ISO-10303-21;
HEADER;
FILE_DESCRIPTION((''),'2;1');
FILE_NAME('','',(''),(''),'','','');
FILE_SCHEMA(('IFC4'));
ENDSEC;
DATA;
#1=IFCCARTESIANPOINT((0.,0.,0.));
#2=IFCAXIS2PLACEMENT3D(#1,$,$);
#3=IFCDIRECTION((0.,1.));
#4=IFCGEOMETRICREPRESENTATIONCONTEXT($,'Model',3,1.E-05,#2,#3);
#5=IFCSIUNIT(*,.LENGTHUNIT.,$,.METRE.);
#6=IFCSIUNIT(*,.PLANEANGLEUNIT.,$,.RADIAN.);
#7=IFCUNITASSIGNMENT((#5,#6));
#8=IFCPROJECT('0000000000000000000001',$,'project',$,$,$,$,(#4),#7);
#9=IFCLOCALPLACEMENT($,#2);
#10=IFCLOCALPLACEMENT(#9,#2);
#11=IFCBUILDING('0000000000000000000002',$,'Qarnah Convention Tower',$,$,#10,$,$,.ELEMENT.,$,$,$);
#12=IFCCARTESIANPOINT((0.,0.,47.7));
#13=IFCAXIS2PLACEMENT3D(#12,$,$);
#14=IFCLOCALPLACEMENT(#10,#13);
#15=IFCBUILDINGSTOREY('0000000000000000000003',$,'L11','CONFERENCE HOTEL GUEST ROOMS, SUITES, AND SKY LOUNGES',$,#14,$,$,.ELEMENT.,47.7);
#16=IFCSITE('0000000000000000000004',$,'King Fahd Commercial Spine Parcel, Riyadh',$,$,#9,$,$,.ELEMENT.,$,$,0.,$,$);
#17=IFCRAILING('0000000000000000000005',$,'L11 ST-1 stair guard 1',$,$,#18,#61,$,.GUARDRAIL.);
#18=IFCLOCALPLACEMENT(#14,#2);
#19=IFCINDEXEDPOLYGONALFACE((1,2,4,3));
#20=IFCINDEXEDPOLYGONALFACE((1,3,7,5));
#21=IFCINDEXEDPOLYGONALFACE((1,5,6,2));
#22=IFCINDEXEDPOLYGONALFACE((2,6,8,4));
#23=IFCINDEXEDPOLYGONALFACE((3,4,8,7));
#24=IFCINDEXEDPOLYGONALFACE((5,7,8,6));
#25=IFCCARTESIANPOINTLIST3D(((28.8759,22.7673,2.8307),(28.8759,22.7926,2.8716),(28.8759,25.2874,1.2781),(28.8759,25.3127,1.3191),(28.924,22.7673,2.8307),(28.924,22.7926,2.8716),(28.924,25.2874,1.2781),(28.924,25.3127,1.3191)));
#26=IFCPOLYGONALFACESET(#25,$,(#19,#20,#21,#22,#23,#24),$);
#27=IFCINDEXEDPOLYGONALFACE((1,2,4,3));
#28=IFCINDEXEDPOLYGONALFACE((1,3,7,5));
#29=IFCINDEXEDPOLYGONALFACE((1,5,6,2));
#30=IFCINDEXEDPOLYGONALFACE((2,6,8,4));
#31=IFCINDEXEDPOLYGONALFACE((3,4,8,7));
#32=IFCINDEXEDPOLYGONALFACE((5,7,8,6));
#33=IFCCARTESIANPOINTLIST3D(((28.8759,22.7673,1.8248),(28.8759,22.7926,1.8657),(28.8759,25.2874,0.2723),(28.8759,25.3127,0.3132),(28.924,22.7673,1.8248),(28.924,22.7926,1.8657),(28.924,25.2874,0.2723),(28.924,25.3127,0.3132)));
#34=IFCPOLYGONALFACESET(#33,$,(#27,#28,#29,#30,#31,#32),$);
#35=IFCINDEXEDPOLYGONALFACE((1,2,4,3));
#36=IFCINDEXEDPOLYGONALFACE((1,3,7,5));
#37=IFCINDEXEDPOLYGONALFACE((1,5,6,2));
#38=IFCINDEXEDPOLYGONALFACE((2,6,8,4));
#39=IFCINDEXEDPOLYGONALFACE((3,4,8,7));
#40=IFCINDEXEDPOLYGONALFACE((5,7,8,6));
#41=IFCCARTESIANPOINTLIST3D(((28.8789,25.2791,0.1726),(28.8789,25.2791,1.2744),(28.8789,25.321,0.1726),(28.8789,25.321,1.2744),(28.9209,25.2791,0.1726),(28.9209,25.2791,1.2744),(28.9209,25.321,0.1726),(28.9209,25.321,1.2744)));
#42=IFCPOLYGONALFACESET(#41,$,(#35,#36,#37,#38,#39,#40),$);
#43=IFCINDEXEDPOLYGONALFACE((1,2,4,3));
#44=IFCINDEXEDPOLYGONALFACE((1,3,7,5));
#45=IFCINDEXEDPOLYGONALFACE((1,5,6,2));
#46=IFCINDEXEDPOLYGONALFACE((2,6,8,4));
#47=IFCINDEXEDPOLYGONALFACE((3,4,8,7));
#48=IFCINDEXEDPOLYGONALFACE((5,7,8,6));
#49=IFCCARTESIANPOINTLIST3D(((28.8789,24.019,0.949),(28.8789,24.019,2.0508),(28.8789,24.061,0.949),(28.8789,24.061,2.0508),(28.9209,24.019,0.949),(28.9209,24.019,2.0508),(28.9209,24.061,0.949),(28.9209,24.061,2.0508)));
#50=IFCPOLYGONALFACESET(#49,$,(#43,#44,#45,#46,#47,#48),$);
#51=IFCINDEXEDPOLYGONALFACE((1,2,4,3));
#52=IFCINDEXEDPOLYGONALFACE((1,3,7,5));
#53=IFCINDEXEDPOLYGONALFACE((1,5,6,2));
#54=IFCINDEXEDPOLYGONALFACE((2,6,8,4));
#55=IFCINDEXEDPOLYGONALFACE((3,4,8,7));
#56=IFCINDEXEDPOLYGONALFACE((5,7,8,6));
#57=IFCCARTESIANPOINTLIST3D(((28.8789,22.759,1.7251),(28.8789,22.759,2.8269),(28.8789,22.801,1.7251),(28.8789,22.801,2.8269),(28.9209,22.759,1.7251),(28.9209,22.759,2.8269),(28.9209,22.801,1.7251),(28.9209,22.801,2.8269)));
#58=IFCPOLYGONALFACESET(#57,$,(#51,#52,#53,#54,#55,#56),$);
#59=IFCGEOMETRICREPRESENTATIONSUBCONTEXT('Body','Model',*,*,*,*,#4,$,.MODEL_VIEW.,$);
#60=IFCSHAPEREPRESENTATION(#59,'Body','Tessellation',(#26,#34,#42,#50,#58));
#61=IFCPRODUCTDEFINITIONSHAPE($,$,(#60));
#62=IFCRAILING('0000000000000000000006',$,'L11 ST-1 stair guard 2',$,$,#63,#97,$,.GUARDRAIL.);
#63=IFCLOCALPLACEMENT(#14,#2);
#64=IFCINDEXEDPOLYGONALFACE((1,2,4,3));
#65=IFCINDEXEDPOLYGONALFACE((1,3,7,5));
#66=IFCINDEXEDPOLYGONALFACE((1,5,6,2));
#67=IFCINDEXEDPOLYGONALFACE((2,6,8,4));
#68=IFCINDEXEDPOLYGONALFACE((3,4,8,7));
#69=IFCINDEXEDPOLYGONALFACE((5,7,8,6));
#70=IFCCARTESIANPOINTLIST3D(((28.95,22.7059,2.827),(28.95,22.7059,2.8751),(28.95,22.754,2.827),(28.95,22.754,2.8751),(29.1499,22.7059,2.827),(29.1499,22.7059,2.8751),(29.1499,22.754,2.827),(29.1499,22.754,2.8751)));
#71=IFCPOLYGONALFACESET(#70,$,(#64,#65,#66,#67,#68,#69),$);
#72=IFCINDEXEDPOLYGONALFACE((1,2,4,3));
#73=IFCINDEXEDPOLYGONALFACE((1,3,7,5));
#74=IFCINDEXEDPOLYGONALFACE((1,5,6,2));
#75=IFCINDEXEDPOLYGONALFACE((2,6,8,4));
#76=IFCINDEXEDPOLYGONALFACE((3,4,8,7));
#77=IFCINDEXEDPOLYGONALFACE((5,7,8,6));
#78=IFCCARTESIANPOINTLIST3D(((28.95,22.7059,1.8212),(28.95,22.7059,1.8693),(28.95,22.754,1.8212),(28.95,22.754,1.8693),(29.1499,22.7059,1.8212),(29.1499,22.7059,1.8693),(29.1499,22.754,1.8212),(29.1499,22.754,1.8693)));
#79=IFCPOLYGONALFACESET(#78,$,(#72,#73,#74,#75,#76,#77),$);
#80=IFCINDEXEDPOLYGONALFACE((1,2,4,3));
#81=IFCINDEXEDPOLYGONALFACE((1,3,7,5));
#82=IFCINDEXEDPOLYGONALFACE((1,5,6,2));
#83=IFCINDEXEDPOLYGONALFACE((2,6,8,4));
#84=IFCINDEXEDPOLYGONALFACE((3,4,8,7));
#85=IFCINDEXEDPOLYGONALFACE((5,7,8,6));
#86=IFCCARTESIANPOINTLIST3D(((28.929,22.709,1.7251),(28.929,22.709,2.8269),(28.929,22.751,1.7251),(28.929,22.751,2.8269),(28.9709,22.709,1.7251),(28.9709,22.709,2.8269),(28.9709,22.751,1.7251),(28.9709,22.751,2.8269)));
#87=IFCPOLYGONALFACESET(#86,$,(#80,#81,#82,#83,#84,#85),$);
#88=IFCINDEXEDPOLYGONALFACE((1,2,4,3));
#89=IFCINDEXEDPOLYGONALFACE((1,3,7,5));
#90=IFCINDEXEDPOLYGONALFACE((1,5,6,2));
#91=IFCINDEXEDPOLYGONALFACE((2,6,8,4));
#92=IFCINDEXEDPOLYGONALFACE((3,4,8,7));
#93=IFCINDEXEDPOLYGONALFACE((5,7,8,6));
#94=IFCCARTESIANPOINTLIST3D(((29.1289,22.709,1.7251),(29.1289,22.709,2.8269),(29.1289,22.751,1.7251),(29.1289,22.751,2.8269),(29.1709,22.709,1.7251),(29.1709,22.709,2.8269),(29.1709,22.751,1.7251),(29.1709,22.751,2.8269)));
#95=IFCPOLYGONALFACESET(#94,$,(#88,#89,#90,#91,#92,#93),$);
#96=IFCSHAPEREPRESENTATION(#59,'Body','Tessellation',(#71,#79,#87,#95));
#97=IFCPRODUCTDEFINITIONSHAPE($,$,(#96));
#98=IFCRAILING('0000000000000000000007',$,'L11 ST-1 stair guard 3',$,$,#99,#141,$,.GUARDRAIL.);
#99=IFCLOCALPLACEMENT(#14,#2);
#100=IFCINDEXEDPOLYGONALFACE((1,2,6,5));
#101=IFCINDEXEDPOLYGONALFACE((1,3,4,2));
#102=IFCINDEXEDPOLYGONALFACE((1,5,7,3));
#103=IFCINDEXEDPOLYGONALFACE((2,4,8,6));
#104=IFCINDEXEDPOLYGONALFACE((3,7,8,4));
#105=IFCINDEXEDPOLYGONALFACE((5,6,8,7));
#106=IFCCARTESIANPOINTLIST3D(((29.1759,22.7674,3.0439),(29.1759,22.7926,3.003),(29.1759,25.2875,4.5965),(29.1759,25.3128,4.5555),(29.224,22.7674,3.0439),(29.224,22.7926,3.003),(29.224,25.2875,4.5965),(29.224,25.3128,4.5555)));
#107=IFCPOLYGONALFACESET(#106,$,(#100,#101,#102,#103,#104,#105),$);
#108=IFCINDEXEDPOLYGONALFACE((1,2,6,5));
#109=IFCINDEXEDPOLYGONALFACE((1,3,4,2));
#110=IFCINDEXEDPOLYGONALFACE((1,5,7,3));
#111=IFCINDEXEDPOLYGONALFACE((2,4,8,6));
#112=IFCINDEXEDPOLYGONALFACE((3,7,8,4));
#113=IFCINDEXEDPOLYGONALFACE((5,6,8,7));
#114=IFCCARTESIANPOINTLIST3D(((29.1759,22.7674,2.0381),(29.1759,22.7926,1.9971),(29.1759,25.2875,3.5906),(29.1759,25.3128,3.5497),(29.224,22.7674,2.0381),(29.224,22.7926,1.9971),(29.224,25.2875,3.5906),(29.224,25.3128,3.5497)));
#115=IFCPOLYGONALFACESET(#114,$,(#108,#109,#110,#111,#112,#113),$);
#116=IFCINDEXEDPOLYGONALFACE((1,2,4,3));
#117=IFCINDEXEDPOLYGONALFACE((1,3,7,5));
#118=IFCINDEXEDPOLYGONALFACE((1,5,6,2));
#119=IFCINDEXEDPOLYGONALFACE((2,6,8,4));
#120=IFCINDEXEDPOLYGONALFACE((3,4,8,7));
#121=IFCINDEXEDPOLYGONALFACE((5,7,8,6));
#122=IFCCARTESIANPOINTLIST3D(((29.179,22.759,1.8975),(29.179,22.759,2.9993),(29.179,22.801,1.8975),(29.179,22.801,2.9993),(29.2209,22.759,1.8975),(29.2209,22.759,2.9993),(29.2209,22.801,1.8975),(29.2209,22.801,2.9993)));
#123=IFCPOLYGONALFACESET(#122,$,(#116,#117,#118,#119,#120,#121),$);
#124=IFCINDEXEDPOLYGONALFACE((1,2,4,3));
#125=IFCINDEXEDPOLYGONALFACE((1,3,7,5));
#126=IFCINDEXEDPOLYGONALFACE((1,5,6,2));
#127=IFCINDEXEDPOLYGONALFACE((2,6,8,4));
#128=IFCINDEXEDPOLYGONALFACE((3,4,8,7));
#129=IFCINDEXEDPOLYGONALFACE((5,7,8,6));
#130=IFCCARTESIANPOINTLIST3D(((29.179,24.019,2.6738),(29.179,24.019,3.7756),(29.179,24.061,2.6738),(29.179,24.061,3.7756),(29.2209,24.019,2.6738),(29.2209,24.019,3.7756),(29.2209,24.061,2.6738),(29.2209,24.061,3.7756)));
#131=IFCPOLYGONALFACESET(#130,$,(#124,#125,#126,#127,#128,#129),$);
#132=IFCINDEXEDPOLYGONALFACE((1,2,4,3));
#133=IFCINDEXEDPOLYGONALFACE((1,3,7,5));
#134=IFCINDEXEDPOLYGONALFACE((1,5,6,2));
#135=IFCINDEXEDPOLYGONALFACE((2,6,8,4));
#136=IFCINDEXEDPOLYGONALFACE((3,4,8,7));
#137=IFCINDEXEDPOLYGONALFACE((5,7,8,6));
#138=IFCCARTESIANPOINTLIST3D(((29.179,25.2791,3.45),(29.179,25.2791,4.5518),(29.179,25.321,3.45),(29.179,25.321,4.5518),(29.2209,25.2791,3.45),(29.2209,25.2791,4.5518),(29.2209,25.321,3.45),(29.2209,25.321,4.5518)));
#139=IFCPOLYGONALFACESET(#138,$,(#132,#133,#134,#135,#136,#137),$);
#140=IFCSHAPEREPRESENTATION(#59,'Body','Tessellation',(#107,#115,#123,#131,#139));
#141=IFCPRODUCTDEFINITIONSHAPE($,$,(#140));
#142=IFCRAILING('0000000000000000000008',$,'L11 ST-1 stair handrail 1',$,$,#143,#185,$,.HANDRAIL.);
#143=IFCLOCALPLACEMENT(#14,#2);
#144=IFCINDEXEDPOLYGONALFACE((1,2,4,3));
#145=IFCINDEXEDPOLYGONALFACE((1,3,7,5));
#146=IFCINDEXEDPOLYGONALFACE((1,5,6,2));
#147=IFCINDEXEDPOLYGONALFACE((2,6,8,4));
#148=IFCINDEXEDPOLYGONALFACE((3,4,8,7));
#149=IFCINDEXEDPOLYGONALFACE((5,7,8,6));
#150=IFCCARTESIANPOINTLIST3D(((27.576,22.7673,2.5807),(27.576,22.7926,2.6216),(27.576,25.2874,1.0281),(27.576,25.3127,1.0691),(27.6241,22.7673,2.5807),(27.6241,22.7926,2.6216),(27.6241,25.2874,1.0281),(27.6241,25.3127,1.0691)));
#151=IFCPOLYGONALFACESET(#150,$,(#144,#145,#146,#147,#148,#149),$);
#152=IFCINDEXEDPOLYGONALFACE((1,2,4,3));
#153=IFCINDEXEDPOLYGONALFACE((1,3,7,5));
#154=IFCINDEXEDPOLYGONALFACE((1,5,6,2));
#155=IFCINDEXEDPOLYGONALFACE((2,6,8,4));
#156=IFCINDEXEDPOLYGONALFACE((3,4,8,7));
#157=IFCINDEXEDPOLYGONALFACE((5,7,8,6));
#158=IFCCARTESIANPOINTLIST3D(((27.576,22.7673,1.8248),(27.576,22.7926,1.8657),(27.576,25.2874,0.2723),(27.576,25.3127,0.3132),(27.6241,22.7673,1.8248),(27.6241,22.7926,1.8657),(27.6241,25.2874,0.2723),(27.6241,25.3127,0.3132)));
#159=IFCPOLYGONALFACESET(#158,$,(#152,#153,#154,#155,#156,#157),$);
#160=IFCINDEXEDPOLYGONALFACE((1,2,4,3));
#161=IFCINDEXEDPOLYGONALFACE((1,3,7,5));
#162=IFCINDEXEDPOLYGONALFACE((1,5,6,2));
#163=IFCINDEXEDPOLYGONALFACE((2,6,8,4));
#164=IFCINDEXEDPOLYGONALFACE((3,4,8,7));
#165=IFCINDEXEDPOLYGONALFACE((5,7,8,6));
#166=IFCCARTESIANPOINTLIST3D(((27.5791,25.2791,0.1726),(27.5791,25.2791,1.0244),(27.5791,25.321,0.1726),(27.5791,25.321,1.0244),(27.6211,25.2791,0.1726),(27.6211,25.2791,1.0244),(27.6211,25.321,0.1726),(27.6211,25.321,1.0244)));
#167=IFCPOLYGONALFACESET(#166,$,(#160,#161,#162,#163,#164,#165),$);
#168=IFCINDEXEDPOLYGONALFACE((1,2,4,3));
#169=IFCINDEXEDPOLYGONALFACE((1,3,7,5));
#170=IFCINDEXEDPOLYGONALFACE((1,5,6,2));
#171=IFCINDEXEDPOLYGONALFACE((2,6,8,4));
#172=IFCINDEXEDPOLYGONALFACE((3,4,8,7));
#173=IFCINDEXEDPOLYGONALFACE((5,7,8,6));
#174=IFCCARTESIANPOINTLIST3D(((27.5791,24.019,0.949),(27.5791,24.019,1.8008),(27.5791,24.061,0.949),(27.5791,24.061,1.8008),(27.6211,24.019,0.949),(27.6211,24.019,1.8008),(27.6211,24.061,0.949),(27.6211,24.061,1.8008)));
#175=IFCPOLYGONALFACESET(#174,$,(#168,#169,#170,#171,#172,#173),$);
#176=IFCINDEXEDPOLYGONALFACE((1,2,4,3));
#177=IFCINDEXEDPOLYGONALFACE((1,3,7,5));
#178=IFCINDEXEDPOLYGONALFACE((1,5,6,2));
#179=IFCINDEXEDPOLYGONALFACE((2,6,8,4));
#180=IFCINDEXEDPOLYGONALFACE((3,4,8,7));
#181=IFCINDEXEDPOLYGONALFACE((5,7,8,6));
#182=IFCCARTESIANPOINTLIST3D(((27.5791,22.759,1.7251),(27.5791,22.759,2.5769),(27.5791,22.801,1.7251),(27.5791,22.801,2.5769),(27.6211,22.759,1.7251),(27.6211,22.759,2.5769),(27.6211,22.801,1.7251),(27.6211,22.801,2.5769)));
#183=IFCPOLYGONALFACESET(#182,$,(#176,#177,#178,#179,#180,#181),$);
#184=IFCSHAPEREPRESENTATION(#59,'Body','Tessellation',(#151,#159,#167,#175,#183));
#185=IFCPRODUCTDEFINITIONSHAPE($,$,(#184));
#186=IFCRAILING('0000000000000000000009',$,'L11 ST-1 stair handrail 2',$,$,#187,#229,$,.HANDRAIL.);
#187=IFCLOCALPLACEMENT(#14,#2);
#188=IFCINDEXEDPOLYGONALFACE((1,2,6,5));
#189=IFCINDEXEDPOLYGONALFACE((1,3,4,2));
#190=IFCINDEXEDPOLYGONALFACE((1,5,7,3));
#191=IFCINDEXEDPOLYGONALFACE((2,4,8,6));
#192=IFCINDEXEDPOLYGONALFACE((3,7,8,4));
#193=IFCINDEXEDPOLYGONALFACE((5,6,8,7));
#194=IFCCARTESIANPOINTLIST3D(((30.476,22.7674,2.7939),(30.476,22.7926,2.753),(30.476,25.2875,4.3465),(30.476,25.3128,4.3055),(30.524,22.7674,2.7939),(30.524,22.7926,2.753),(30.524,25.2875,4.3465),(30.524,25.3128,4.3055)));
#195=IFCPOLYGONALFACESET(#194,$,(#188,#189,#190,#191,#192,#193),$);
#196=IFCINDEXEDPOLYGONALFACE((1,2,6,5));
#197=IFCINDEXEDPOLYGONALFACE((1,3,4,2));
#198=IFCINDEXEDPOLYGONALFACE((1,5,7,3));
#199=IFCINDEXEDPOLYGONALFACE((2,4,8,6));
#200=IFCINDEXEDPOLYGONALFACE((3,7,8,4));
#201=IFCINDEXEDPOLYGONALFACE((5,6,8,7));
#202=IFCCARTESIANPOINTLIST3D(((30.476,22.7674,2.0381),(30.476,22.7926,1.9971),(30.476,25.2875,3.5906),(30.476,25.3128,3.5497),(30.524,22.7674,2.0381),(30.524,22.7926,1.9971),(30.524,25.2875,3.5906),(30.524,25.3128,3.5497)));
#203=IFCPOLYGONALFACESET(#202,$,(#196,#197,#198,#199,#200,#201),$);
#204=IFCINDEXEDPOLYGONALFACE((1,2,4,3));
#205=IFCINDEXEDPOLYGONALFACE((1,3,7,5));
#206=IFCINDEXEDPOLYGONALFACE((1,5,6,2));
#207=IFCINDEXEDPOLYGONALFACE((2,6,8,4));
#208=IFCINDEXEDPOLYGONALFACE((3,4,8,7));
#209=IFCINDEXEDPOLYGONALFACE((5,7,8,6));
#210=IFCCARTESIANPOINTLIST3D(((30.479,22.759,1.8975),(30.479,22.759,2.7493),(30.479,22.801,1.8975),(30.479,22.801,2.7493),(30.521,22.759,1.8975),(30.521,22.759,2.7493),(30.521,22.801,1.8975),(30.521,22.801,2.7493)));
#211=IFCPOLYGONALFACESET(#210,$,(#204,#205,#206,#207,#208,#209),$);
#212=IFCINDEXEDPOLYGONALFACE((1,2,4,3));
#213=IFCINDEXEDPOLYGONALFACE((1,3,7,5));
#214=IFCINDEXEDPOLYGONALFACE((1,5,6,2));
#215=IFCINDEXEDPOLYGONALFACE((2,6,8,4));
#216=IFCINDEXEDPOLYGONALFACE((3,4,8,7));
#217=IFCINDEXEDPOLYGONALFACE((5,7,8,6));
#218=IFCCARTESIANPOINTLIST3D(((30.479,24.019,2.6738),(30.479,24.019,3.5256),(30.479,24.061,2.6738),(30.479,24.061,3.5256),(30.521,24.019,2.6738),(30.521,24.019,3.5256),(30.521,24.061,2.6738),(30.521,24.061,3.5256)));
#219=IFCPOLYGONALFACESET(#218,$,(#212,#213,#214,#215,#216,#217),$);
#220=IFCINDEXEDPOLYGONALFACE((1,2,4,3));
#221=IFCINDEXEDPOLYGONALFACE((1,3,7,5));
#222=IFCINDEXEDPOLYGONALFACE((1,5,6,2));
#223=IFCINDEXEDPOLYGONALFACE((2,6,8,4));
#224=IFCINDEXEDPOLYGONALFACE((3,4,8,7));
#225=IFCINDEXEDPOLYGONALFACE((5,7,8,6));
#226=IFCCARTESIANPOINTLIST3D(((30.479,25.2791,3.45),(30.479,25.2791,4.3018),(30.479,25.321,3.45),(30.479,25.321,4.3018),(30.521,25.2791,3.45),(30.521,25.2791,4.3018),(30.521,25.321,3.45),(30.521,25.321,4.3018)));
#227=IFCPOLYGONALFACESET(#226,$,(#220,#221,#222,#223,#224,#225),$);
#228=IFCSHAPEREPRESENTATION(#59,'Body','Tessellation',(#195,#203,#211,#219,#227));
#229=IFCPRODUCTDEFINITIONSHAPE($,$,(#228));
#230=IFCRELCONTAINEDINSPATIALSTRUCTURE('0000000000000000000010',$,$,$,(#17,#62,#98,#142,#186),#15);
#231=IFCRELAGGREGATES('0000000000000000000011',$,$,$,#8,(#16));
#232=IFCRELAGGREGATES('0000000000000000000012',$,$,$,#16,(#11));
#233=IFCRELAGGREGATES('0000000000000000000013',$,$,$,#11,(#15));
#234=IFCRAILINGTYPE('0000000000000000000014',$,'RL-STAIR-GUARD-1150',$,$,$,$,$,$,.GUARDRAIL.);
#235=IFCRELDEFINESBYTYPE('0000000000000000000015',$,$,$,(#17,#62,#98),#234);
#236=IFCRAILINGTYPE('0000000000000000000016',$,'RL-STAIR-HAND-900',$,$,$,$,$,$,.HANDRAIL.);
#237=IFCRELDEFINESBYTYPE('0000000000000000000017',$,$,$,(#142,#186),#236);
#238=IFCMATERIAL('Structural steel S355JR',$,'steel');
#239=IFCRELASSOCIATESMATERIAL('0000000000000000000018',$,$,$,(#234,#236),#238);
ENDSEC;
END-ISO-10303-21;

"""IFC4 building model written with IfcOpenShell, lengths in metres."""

from ifc_helpers import new_model, si_unit, direction, frame, origin, origin_2d, place, context, subcontext, project, spatial, rectangle, extrude, material, type_object, element, save


model = new_model("IFC4")

# Units and contexts
model_context = context("Model", 3, precision=1e-05, world=origin(), true_north=direction((0.0, 1.0)))
body_context = subcontext(model_context, "Body", "Model", "MODEL_VIEW")
ifc_project = project(units=[si_unit("LENGTHUNIT", "METRE"), si_unit("PLANEANGLEUNIT", "RADIAN")], contexts=[model_context])

# Site, building, storey
site_placement = place(None, origin())
site = spatial("IfcSite", under=ifc_project, at=site_placement, Name="King Fahd Commercial Spine Parcel, Riyadh", CompositionType="ELEMENT", RefElevation=0.0)
building_placement = place(site_placement, origin())
building = spatial("IfcBuilding", under=site, at=building_placement, Name="Qarnah Convention Tower", CompositionType="ELEMENT")
storey_placement = place(building_placement, frame((0.0, 0.0, 47.7)))
storey = spatial("IfcBuildingStorey", under=building, at=storey_placement, Name="L11", Description="CONFERENCE HOTEL GUEST ROOMS, SUITES, AND SKY LOUNGES", CompositionType="ELEMENT", Elevation=47.7)

# Shared definitions
ifc_material_1 = material(Name="Structural steel S355JR", Category="steel")

# Railings
railing_type_1 = type_object("IfcRailingType", Name="RL-STAIR-GUARD-1150", PredefinedType="GUARDRAIL", material=ifc_material_1)
railing_1_placement = place(storey_placement, frame((28.8999, 25.3, 0.1726)))
element("IfcRailing", 1, at=railing_1_placement, inside=storey, type_object=railing_type_1, Name="L11 ST-1 stair guard 1", PredefinedType="GUARDRAIL", context=body_context, shape_type="SweptSolid", body=[
    extrude(rectangle(XDim=0.0481, YDim=0.0481, at=origin_2d()), frame((0.0, 0.0, 1.126), z_axis=(0.0, -0.8514, 0.524516), x_axis=(1.0, 0.0, 0.0)), (0.0, 0.0, 1.0), 2.96),
    extrude(rectangle(XDim=0.0481, YDim=0.0481, at=origin_2d()), frame((0.0, 0.0, 0.1201), z_axis=(0.0, -0.8514, 0.524516), x_axis=(1.0, 0.0, 0.0)), (0.0, 0.0, 1.0), 2.96),
    extrude(rectangle(XDim=0.042, YDim=0.042, at=origin_2d()), origin(), (0.0, 0.0, 1.0), 1.1018),
    extrude(rectangle(XDim=0.042, YDim=0.042, at=origin_2d()), frame((0.0, -1.26, 0.7764)), (0.0, 0.0, 1.0), 1.1018),
    extrude(rectangle(XDim=0.042, YDim=0.042, at=origin_2d()), frame((0.0, -2.52, 1.5525)), (0.0, 0.0, 1.0), 1.1018),
])
railing_2_placement = place(storey_placement, frame((28.95, 22.73, 1.7251)))
element("IfcRailing", 2, at=railing_2_placement, inside=storey, type_object=railing_type_1, Name="L11 ST-1 stair guard 2", PredefinedType="GUARDRAIL", context=body_context, shape_type="SweptSolid", body=[
    extrude(rectangle(XDim=0.0481, YDim=0.0481, at=origin_2d()), frame((0.0, 0.0, 1.126), z_axis=(1.0, 0.0, 0.0), x_axis=(0.0, 1.0, 0.0)), (0.0, 0.0, 1.0), 0.2),
    extrude(rectangle(XDim=0.0481, YDim=0.0481, at=origin_2d()), frame((0.0, 0.0, 0.1201), z_axis=(1.0, 0.0, 0.0), x_axis=(0.0, 1.0, 0.0)), (0.0, 0.0, 1.0), 0.2),
    extrude(rectangle(XDim=0.042, YDim=0.042, at=origin_2d()), origin(), (0.0, 0.0, 1.0), 1.1018),
    extrude(rectangle(XDim=0.042, YDim=0.042, at=origin_2d()), frame((0.2, 0.0, 0.0)), (0.0, 0.0, 1.0), 1.1018),
])
railing_3_placement = place(storey_placement, frame((29.2, 22.78, 1.8975)))
element("IfcRailing", 3, at=railing_3_placement, inside=storey, type_object=railing_type_1, Name="L11 ST-1 stair guard 3", PredefinedType="GUARDRAIL", context=body_context, shape_type="SweptSolid", body=[
    extrude(rectangle(XDim=0.0481, YDim=0.0481, at=origin_2d()), frame((0.0, 0.0, 1.126), z_axis=(0.0, 0.8514, 0.524516), x_axis=(-1.0, 0.0, 0.0)), (0.0, 0.0, 1.0), 2.96),
    extrude(rectangle(XDim=0.0481, YDim=0.0481, at=origin_2d()), frame((0.0, 0.0, 0.1201), z_axis=(0.0, 0.8514, 0.524516), x_axis=(-1.0, 0.0, 0.0)), (0.0, 0.0, 1.0), 2.96),
    extrude(rectangle(XDim=0.042, YDim=0.042, at=origin_2d()), origin(), (0.0, 0.0, 1.0), 1.1018),
    extrude(rectangle(XDim=0.042, YDim=0.042, at=origin_2d()), frame((0.0, 1.26, 0.7764)), (0.0, 0.0, 1.0), 1.1018),
    extrude(rectangle(XDim=0.042, YDim=0.042, at=origin_2d()), frame((0.0, 2.52, 1.5525)), (0.0, 0.0, 1.0), 1.1018),
])
railing_type_2 = type_object("IfcRailingType", Name="RL-STAIR-HAND-900", PredefinedType="HANDRAIL", material=ifc_material_1)
railing_4_placement = place(storey_placement, frame((27.6001, 25.3, 0.1726)))
element("IfcRailing", 4, at=railing_4_placement, inside=storey, type_object=railing_type_2, Name="L11 ST-1 stair handrail 1", PredefinedType="HANDRAIL", context=body_context, shape_type="SweptSolid", body=[
    extrude(rectangle(XDim=0.0481, YDim=0.0481, at=origin_2d()), frame((0.0, 0.0, 0.876), z_axis=(0.0, -0.8514, 0.524516), x_axis=(1.0, 0.0, 0.0)), (0.0, 0.0, 1.0), 2.96),
    extrude(rectangle(XDim=0.0481, YDim=0.0481, at=origin_2d()), frame((0.0, 0.0, 0.1201), z_axis=(0.0, -0.8514, 0.524516), x_axis=(1.0, 0.0, 0.0)), (0.0, 0.0, 1.0), 2.96),
    extrude(rectangle(XDim=0.042, YDim=0.042, at=origin_2d()), origin(), (0.0, 0.0, 1.0), 0.8518),
    extrude(rectangle(XDim=0.042, YDim=0.042, at=origin_2d()), frame((0.0, -1.26, 0.7764)), (0.0, 0.0, 1.0), 0.8518),
    extrude(rectangle(XDim=0.042, YDim=0.042, at=origin_2d()), frame((0.0, -2.52, 1.5525)), (0.0, 0.0, 1.0), 0.8518),
])
railing_5_placement = place(storey_placement, frame((30.5, 22.78, 1.8975)))
element("IfcRailing", 5, at=railing_5_placement, inside=storey, type_object=railing_type_2, Name="L11 ST-1 stair handrail 2", PredefinedType="HANDRAIL", context=body_context, shape_type="SweptSolid", body=[
    extrude(rectangle(XDim=0.0481, YDim=0.0481, at=origin_2d()), frame((0.0, 0.0, 0.876), z_axis=(0.0, 0.8514, 0.524516), x_axis=(-1.0, 0.0, 0.0)), (0.0, 0.0, 1.0), 2.96),
    extrude(rectangle(XDim=0.0481, YDim=0.0481, at=origin_2d()), frame((0.0, 0.0, 0.1201), z_axis=(0.0, 0.8514, 0.524516), x_axis=(-1.0, 0.0, 0.0)), (0.0, 0.0, 1.0), 2.96),
    extrude(rectangle(XDim=0.042, YDim=0.042, at=origin_2d()), origin(), (0.0, 0.0, 1.0), 0.8518),
    extrude(rectangle(XDim=0.042, YDim=0.042, at=origin_2d()), frame((0.0, 1.26, 0.7764)), (0.0, 0.0, 1.0), 0.8518),
    extrude(rectangle(XDim=0.042, YDim=0.042, at=origin_2d()), frame((0.0, 2.52, 1.5525)), (0.0, 0.0, 1.0), 0.8518),
])

save(model, "model.ifc")
